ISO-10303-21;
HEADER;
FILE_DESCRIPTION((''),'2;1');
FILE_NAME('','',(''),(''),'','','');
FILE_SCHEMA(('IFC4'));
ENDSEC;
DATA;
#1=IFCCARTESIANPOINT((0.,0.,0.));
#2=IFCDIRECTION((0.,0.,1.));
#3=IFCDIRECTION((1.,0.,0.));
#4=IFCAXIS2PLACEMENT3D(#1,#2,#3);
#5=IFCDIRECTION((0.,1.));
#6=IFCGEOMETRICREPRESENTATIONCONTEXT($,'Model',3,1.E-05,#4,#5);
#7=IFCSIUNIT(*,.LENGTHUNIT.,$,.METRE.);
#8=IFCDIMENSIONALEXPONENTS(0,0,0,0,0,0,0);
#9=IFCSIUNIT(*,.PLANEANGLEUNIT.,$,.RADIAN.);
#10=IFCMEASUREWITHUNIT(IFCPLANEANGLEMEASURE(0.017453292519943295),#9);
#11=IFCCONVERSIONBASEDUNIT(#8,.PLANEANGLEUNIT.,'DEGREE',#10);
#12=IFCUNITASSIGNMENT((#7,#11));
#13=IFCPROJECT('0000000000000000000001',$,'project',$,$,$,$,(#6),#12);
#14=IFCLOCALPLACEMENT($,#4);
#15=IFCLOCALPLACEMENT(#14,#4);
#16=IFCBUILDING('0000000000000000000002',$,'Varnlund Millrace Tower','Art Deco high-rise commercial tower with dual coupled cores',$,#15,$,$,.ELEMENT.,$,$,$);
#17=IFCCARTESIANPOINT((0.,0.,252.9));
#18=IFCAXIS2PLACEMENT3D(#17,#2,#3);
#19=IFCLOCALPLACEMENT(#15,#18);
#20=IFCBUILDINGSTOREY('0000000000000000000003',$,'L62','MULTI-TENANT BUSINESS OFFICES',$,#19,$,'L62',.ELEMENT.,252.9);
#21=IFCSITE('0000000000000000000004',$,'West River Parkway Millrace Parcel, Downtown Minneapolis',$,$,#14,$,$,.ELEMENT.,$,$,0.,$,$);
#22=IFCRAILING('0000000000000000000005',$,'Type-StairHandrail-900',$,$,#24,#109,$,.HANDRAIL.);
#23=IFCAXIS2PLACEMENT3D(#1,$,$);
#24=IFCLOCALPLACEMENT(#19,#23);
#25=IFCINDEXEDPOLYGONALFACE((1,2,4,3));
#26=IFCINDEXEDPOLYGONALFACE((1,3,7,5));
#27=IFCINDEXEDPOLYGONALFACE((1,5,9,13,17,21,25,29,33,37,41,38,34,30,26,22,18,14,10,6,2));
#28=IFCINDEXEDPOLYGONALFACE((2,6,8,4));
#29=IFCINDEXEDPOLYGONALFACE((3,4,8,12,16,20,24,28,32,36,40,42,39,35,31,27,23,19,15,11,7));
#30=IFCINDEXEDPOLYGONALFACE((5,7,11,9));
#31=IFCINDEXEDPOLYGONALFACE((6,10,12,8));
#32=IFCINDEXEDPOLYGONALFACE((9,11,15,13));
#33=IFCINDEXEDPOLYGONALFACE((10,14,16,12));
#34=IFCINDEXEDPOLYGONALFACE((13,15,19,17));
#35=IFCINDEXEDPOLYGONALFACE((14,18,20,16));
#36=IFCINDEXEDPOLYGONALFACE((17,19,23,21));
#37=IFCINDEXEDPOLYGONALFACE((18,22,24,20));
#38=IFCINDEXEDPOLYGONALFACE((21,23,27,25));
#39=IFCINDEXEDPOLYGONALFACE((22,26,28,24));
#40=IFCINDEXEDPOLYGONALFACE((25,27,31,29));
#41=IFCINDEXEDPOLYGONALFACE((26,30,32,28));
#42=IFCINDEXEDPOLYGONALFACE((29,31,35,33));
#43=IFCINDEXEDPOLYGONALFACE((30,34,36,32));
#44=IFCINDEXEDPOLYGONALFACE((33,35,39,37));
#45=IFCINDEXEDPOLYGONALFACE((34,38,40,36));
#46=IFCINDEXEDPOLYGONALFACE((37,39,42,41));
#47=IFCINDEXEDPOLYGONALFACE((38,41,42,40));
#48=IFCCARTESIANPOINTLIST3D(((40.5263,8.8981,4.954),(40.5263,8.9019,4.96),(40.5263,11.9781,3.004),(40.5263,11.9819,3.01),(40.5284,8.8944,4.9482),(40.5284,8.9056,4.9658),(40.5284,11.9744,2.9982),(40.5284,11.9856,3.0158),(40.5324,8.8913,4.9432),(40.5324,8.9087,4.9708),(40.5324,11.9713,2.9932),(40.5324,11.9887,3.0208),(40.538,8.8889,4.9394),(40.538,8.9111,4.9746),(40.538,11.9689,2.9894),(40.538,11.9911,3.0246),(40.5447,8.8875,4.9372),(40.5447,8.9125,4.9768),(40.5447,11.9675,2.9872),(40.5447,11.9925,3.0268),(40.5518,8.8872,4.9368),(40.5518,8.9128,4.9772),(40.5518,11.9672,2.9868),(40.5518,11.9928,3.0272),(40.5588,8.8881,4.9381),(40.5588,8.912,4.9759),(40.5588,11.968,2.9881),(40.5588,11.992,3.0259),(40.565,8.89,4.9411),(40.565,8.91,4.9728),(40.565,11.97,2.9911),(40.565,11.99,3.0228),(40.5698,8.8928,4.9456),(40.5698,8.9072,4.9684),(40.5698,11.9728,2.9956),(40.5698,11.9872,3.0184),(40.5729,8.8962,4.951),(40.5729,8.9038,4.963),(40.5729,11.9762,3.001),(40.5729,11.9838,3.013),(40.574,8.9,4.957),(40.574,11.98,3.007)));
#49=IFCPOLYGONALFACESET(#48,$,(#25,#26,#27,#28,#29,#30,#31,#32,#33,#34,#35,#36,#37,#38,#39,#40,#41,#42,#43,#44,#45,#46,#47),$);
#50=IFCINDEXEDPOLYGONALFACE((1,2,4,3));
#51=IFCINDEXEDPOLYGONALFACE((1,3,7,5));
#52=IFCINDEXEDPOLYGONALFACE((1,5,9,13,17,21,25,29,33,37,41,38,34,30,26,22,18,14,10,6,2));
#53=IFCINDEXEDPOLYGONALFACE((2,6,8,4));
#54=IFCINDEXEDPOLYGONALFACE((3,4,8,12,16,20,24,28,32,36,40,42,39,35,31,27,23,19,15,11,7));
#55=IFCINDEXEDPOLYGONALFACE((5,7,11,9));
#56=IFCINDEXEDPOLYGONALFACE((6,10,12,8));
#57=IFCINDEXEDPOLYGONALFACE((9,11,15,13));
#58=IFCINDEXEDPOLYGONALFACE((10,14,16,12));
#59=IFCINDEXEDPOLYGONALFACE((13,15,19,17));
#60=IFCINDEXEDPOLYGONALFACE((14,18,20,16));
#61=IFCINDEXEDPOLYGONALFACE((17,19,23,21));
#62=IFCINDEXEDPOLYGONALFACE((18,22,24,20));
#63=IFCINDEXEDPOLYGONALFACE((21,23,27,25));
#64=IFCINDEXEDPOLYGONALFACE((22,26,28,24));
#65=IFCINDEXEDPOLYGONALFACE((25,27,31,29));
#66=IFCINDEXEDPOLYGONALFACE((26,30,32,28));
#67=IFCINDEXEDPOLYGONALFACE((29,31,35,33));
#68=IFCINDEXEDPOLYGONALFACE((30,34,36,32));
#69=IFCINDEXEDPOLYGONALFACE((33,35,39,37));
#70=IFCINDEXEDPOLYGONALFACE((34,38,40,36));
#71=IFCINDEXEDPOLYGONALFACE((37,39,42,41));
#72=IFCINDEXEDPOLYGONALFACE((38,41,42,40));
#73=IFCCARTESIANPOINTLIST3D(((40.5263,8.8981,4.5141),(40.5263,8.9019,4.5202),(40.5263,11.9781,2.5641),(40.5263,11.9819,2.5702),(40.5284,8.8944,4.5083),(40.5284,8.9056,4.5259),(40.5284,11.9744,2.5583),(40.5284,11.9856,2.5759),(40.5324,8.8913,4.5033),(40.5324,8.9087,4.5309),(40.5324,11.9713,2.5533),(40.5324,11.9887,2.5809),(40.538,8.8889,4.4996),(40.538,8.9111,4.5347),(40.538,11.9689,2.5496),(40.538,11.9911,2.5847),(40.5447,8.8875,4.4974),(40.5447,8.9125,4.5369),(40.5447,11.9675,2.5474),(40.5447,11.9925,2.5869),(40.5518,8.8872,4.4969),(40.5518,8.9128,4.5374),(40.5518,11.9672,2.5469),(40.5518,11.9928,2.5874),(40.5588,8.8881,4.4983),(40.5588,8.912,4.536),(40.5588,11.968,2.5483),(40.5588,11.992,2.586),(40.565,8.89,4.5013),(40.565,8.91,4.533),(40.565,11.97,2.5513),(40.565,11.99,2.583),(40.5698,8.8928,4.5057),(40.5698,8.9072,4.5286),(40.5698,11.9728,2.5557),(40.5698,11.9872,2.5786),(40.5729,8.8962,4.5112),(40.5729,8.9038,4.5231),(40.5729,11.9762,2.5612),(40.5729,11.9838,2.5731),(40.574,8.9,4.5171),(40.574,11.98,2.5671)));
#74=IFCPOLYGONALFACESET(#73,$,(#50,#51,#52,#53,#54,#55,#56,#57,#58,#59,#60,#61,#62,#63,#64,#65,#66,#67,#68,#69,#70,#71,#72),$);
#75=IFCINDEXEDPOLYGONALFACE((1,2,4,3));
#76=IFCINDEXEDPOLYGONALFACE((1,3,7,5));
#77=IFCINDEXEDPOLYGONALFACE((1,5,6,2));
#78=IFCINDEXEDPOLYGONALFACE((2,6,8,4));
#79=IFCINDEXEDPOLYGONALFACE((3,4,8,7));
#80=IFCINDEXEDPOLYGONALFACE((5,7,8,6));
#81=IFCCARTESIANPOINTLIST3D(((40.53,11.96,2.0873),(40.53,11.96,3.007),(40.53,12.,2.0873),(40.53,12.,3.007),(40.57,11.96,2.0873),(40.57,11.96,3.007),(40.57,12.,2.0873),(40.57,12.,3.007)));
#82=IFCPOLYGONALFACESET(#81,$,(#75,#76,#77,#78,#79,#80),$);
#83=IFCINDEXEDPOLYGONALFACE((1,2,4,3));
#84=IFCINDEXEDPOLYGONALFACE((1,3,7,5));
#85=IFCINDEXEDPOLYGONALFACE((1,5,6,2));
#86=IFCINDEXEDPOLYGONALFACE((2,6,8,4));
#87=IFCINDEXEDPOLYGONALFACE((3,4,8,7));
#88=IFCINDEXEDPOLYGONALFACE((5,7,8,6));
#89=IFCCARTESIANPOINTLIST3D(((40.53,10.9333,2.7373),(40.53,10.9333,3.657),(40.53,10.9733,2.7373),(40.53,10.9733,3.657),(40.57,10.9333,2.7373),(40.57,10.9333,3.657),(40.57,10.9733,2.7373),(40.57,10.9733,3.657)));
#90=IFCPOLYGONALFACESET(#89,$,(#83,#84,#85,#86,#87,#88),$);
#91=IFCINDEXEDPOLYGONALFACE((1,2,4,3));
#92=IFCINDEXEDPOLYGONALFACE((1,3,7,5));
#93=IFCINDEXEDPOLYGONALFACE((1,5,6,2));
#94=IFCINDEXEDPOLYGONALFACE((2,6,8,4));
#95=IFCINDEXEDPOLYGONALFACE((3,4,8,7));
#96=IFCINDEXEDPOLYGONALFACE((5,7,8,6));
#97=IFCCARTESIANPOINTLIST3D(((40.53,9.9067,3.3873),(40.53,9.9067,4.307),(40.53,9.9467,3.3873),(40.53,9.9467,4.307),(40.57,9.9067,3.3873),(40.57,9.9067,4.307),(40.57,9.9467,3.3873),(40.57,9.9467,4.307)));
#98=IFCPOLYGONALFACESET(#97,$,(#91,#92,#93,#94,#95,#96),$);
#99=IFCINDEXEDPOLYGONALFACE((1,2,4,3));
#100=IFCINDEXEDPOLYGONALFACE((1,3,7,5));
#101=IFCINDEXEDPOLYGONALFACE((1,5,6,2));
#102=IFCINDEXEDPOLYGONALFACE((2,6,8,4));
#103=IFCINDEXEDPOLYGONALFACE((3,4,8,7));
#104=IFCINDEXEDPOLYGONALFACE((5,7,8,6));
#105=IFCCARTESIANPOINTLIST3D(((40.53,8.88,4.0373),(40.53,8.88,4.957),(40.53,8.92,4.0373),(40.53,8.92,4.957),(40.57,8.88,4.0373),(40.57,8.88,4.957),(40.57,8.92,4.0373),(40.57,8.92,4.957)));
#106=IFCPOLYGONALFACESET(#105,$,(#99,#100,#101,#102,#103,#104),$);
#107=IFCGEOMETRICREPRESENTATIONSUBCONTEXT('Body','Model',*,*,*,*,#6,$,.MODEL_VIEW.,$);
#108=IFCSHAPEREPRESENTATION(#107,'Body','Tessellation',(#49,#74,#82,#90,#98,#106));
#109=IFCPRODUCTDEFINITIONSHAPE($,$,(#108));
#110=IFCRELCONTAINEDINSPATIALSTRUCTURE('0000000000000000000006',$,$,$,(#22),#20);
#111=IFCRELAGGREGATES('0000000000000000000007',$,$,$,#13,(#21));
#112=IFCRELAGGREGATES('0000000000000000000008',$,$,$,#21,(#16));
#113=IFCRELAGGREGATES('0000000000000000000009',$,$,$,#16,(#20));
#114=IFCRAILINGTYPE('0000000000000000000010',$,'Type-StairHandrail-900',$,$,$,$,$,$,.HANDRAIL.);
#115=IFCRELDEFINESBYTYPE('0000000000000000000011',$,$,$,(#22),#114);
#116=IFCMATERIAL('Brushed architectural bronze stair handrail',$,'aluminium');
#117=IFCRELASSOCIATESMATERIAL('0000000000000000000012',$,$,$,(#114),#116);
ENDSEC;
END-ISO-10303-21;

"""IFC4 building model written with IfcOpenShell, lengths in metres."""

from ifc_helpers import new_model, entity, si_unit, converted_unit, direction, frame, origin_with_axes, origin_2d_with_axis, place, context, subcontext, project, spatial, rectangle, circle, extrude, material, type_object, element, save


model = new_model("IFC4")

# Units and contexts
model_context = context("Model", 3, precision=1e-05, world=origin_with_axes(), true_north=direction((0.0, 1.0)))
body_context = subcontext(model_context, "Body", "Model", "MODEL_VIEW")
ifc_project = project(units=[si_unit("LENGTHUNIT", "METRE"), converted_unit("PLANEANGLEUNIT", "DEGREE", entity("IfcPlaneAngleMeasure", 0.017453292519943295), si_unit("PLANEANGLEUNIT", "RADIAN"), dimensions=[0, 0, 0, 0, 0, 0, 0])], contexts=[model_context])

# Site, building, storey
site_placement = place(None, origin_with_axes())
site = spatial("IfcSite", under=ifc_project, at=site_placement, Name="West River Parkway Millrace Parcel, Downtown Minneapolis", CompositionType="ELEMENT", RefElevation=0.0)
building_placement = place(site_placement, origin_with_axes())
building = spatial("IfcBuilding", under=site, at=building_placement, Name="Varnlund Millrace Tower", Description="Art Deco high-rise commercial tower with dual coupled cores", CompositionType="ELEMENT")
storey_placement = place(building_placement, frame((0.0, 0.0, 252.9), z_axis=(0.0, 0.0, 1.0), x_axis=(1.0, 0.0, 0.0)))
storey = spatial("IfcBuildingStorey", under=building, at=storey_placement, Name="L62", Description="MULTI-TENANT BUSINESS OFFICES", LongName="L62", CompositionType="ELEMENT", Elevation=252.9)

# Railing
ifc_material_1 = material(Name="Brushed architectural bronze stair handrail", Category="aluminium")
railing_type_1 = type_object("IfcRailingType", Name="Type-StairHandrail-900", PredefinedType="HANDRAIL", material=ifc_material_1)
railing_1_placement = place(storey_placement, frame((0.0, 0.0, -252.9), z_axis=(0.0, 0.0, 1.0), x_axis=(1.0, 0.0, 0.0)))
element("IfcRailing", 1, at=railing_1_placement, inside=storey, type_object=railing_type_1, Name="Type-StairHandrail-900", PredefinedType="HANDRAIL", context=body_context, shape_type="SweptSolid", body=[
    extrude(circle(Radius=0.024, at=origin_2d_with_axis()), frame((40.55, 11.98, 255.907), z_axis=(0.0, -0.844902, 0.534922), x_axis=(1.0, 0.0, 0.0)), (0.0, 0.0, 1.0), 3.6454),
    extrude(circle(Radius=0.024, at=origin_2d_with_axis()), frame((40.55, 11.98, 255.4671), z_axis=(0.0, -0.844902, 0.534922), x_axis=(1.0, 0.0, 0.0)), (0.0, 0.0, 1.0), 3.6454),
    extrude(rectangle(XDim=0.04, YDim=0.04, at=origin_2d_with_axis()), frame((40.55, 11.98, 254.9873), z_axis=(0.0, 0.0, 1.0), x_axis=(1.0, 0.0, 0.0)), (0.0, 0.0, 1.0), 0.9197),
    extrude(rectangle(XDim=0.04, YDim=0.04, at=origin_2d_with_axis()), frame((40.55, 10.9533, 255.6373), z_axis=(0.0, 0.0, 1.0), x_axis=(1.0, 0.0, 0.0)), (0.0, 0.0, 1.0), 0.9197),
    extrude(rectangle(XDim=0.04, YDim=0.04, at=origin_2d_with_axis()), frame((40.55, 9.9267, 256.2873), z_axis=(0.0, 0.0, 1.0), x_axis=(1.0, 0.0, 0.0)), (0.0, 0.0, 1.0), 0.9197),
    extrude(rectangle(XDim=0.04, YDim=0.04, at=origin_2d_with_axis()), frame((40.55, 8.9, 256.9373), z_axis=(0.0, 0.0, 1.0), x_axis=(1.0, 0.0, 0.0)), (0.0, 0.0, 1.0), 0.9197),
])

save(model, "model.ifc")
